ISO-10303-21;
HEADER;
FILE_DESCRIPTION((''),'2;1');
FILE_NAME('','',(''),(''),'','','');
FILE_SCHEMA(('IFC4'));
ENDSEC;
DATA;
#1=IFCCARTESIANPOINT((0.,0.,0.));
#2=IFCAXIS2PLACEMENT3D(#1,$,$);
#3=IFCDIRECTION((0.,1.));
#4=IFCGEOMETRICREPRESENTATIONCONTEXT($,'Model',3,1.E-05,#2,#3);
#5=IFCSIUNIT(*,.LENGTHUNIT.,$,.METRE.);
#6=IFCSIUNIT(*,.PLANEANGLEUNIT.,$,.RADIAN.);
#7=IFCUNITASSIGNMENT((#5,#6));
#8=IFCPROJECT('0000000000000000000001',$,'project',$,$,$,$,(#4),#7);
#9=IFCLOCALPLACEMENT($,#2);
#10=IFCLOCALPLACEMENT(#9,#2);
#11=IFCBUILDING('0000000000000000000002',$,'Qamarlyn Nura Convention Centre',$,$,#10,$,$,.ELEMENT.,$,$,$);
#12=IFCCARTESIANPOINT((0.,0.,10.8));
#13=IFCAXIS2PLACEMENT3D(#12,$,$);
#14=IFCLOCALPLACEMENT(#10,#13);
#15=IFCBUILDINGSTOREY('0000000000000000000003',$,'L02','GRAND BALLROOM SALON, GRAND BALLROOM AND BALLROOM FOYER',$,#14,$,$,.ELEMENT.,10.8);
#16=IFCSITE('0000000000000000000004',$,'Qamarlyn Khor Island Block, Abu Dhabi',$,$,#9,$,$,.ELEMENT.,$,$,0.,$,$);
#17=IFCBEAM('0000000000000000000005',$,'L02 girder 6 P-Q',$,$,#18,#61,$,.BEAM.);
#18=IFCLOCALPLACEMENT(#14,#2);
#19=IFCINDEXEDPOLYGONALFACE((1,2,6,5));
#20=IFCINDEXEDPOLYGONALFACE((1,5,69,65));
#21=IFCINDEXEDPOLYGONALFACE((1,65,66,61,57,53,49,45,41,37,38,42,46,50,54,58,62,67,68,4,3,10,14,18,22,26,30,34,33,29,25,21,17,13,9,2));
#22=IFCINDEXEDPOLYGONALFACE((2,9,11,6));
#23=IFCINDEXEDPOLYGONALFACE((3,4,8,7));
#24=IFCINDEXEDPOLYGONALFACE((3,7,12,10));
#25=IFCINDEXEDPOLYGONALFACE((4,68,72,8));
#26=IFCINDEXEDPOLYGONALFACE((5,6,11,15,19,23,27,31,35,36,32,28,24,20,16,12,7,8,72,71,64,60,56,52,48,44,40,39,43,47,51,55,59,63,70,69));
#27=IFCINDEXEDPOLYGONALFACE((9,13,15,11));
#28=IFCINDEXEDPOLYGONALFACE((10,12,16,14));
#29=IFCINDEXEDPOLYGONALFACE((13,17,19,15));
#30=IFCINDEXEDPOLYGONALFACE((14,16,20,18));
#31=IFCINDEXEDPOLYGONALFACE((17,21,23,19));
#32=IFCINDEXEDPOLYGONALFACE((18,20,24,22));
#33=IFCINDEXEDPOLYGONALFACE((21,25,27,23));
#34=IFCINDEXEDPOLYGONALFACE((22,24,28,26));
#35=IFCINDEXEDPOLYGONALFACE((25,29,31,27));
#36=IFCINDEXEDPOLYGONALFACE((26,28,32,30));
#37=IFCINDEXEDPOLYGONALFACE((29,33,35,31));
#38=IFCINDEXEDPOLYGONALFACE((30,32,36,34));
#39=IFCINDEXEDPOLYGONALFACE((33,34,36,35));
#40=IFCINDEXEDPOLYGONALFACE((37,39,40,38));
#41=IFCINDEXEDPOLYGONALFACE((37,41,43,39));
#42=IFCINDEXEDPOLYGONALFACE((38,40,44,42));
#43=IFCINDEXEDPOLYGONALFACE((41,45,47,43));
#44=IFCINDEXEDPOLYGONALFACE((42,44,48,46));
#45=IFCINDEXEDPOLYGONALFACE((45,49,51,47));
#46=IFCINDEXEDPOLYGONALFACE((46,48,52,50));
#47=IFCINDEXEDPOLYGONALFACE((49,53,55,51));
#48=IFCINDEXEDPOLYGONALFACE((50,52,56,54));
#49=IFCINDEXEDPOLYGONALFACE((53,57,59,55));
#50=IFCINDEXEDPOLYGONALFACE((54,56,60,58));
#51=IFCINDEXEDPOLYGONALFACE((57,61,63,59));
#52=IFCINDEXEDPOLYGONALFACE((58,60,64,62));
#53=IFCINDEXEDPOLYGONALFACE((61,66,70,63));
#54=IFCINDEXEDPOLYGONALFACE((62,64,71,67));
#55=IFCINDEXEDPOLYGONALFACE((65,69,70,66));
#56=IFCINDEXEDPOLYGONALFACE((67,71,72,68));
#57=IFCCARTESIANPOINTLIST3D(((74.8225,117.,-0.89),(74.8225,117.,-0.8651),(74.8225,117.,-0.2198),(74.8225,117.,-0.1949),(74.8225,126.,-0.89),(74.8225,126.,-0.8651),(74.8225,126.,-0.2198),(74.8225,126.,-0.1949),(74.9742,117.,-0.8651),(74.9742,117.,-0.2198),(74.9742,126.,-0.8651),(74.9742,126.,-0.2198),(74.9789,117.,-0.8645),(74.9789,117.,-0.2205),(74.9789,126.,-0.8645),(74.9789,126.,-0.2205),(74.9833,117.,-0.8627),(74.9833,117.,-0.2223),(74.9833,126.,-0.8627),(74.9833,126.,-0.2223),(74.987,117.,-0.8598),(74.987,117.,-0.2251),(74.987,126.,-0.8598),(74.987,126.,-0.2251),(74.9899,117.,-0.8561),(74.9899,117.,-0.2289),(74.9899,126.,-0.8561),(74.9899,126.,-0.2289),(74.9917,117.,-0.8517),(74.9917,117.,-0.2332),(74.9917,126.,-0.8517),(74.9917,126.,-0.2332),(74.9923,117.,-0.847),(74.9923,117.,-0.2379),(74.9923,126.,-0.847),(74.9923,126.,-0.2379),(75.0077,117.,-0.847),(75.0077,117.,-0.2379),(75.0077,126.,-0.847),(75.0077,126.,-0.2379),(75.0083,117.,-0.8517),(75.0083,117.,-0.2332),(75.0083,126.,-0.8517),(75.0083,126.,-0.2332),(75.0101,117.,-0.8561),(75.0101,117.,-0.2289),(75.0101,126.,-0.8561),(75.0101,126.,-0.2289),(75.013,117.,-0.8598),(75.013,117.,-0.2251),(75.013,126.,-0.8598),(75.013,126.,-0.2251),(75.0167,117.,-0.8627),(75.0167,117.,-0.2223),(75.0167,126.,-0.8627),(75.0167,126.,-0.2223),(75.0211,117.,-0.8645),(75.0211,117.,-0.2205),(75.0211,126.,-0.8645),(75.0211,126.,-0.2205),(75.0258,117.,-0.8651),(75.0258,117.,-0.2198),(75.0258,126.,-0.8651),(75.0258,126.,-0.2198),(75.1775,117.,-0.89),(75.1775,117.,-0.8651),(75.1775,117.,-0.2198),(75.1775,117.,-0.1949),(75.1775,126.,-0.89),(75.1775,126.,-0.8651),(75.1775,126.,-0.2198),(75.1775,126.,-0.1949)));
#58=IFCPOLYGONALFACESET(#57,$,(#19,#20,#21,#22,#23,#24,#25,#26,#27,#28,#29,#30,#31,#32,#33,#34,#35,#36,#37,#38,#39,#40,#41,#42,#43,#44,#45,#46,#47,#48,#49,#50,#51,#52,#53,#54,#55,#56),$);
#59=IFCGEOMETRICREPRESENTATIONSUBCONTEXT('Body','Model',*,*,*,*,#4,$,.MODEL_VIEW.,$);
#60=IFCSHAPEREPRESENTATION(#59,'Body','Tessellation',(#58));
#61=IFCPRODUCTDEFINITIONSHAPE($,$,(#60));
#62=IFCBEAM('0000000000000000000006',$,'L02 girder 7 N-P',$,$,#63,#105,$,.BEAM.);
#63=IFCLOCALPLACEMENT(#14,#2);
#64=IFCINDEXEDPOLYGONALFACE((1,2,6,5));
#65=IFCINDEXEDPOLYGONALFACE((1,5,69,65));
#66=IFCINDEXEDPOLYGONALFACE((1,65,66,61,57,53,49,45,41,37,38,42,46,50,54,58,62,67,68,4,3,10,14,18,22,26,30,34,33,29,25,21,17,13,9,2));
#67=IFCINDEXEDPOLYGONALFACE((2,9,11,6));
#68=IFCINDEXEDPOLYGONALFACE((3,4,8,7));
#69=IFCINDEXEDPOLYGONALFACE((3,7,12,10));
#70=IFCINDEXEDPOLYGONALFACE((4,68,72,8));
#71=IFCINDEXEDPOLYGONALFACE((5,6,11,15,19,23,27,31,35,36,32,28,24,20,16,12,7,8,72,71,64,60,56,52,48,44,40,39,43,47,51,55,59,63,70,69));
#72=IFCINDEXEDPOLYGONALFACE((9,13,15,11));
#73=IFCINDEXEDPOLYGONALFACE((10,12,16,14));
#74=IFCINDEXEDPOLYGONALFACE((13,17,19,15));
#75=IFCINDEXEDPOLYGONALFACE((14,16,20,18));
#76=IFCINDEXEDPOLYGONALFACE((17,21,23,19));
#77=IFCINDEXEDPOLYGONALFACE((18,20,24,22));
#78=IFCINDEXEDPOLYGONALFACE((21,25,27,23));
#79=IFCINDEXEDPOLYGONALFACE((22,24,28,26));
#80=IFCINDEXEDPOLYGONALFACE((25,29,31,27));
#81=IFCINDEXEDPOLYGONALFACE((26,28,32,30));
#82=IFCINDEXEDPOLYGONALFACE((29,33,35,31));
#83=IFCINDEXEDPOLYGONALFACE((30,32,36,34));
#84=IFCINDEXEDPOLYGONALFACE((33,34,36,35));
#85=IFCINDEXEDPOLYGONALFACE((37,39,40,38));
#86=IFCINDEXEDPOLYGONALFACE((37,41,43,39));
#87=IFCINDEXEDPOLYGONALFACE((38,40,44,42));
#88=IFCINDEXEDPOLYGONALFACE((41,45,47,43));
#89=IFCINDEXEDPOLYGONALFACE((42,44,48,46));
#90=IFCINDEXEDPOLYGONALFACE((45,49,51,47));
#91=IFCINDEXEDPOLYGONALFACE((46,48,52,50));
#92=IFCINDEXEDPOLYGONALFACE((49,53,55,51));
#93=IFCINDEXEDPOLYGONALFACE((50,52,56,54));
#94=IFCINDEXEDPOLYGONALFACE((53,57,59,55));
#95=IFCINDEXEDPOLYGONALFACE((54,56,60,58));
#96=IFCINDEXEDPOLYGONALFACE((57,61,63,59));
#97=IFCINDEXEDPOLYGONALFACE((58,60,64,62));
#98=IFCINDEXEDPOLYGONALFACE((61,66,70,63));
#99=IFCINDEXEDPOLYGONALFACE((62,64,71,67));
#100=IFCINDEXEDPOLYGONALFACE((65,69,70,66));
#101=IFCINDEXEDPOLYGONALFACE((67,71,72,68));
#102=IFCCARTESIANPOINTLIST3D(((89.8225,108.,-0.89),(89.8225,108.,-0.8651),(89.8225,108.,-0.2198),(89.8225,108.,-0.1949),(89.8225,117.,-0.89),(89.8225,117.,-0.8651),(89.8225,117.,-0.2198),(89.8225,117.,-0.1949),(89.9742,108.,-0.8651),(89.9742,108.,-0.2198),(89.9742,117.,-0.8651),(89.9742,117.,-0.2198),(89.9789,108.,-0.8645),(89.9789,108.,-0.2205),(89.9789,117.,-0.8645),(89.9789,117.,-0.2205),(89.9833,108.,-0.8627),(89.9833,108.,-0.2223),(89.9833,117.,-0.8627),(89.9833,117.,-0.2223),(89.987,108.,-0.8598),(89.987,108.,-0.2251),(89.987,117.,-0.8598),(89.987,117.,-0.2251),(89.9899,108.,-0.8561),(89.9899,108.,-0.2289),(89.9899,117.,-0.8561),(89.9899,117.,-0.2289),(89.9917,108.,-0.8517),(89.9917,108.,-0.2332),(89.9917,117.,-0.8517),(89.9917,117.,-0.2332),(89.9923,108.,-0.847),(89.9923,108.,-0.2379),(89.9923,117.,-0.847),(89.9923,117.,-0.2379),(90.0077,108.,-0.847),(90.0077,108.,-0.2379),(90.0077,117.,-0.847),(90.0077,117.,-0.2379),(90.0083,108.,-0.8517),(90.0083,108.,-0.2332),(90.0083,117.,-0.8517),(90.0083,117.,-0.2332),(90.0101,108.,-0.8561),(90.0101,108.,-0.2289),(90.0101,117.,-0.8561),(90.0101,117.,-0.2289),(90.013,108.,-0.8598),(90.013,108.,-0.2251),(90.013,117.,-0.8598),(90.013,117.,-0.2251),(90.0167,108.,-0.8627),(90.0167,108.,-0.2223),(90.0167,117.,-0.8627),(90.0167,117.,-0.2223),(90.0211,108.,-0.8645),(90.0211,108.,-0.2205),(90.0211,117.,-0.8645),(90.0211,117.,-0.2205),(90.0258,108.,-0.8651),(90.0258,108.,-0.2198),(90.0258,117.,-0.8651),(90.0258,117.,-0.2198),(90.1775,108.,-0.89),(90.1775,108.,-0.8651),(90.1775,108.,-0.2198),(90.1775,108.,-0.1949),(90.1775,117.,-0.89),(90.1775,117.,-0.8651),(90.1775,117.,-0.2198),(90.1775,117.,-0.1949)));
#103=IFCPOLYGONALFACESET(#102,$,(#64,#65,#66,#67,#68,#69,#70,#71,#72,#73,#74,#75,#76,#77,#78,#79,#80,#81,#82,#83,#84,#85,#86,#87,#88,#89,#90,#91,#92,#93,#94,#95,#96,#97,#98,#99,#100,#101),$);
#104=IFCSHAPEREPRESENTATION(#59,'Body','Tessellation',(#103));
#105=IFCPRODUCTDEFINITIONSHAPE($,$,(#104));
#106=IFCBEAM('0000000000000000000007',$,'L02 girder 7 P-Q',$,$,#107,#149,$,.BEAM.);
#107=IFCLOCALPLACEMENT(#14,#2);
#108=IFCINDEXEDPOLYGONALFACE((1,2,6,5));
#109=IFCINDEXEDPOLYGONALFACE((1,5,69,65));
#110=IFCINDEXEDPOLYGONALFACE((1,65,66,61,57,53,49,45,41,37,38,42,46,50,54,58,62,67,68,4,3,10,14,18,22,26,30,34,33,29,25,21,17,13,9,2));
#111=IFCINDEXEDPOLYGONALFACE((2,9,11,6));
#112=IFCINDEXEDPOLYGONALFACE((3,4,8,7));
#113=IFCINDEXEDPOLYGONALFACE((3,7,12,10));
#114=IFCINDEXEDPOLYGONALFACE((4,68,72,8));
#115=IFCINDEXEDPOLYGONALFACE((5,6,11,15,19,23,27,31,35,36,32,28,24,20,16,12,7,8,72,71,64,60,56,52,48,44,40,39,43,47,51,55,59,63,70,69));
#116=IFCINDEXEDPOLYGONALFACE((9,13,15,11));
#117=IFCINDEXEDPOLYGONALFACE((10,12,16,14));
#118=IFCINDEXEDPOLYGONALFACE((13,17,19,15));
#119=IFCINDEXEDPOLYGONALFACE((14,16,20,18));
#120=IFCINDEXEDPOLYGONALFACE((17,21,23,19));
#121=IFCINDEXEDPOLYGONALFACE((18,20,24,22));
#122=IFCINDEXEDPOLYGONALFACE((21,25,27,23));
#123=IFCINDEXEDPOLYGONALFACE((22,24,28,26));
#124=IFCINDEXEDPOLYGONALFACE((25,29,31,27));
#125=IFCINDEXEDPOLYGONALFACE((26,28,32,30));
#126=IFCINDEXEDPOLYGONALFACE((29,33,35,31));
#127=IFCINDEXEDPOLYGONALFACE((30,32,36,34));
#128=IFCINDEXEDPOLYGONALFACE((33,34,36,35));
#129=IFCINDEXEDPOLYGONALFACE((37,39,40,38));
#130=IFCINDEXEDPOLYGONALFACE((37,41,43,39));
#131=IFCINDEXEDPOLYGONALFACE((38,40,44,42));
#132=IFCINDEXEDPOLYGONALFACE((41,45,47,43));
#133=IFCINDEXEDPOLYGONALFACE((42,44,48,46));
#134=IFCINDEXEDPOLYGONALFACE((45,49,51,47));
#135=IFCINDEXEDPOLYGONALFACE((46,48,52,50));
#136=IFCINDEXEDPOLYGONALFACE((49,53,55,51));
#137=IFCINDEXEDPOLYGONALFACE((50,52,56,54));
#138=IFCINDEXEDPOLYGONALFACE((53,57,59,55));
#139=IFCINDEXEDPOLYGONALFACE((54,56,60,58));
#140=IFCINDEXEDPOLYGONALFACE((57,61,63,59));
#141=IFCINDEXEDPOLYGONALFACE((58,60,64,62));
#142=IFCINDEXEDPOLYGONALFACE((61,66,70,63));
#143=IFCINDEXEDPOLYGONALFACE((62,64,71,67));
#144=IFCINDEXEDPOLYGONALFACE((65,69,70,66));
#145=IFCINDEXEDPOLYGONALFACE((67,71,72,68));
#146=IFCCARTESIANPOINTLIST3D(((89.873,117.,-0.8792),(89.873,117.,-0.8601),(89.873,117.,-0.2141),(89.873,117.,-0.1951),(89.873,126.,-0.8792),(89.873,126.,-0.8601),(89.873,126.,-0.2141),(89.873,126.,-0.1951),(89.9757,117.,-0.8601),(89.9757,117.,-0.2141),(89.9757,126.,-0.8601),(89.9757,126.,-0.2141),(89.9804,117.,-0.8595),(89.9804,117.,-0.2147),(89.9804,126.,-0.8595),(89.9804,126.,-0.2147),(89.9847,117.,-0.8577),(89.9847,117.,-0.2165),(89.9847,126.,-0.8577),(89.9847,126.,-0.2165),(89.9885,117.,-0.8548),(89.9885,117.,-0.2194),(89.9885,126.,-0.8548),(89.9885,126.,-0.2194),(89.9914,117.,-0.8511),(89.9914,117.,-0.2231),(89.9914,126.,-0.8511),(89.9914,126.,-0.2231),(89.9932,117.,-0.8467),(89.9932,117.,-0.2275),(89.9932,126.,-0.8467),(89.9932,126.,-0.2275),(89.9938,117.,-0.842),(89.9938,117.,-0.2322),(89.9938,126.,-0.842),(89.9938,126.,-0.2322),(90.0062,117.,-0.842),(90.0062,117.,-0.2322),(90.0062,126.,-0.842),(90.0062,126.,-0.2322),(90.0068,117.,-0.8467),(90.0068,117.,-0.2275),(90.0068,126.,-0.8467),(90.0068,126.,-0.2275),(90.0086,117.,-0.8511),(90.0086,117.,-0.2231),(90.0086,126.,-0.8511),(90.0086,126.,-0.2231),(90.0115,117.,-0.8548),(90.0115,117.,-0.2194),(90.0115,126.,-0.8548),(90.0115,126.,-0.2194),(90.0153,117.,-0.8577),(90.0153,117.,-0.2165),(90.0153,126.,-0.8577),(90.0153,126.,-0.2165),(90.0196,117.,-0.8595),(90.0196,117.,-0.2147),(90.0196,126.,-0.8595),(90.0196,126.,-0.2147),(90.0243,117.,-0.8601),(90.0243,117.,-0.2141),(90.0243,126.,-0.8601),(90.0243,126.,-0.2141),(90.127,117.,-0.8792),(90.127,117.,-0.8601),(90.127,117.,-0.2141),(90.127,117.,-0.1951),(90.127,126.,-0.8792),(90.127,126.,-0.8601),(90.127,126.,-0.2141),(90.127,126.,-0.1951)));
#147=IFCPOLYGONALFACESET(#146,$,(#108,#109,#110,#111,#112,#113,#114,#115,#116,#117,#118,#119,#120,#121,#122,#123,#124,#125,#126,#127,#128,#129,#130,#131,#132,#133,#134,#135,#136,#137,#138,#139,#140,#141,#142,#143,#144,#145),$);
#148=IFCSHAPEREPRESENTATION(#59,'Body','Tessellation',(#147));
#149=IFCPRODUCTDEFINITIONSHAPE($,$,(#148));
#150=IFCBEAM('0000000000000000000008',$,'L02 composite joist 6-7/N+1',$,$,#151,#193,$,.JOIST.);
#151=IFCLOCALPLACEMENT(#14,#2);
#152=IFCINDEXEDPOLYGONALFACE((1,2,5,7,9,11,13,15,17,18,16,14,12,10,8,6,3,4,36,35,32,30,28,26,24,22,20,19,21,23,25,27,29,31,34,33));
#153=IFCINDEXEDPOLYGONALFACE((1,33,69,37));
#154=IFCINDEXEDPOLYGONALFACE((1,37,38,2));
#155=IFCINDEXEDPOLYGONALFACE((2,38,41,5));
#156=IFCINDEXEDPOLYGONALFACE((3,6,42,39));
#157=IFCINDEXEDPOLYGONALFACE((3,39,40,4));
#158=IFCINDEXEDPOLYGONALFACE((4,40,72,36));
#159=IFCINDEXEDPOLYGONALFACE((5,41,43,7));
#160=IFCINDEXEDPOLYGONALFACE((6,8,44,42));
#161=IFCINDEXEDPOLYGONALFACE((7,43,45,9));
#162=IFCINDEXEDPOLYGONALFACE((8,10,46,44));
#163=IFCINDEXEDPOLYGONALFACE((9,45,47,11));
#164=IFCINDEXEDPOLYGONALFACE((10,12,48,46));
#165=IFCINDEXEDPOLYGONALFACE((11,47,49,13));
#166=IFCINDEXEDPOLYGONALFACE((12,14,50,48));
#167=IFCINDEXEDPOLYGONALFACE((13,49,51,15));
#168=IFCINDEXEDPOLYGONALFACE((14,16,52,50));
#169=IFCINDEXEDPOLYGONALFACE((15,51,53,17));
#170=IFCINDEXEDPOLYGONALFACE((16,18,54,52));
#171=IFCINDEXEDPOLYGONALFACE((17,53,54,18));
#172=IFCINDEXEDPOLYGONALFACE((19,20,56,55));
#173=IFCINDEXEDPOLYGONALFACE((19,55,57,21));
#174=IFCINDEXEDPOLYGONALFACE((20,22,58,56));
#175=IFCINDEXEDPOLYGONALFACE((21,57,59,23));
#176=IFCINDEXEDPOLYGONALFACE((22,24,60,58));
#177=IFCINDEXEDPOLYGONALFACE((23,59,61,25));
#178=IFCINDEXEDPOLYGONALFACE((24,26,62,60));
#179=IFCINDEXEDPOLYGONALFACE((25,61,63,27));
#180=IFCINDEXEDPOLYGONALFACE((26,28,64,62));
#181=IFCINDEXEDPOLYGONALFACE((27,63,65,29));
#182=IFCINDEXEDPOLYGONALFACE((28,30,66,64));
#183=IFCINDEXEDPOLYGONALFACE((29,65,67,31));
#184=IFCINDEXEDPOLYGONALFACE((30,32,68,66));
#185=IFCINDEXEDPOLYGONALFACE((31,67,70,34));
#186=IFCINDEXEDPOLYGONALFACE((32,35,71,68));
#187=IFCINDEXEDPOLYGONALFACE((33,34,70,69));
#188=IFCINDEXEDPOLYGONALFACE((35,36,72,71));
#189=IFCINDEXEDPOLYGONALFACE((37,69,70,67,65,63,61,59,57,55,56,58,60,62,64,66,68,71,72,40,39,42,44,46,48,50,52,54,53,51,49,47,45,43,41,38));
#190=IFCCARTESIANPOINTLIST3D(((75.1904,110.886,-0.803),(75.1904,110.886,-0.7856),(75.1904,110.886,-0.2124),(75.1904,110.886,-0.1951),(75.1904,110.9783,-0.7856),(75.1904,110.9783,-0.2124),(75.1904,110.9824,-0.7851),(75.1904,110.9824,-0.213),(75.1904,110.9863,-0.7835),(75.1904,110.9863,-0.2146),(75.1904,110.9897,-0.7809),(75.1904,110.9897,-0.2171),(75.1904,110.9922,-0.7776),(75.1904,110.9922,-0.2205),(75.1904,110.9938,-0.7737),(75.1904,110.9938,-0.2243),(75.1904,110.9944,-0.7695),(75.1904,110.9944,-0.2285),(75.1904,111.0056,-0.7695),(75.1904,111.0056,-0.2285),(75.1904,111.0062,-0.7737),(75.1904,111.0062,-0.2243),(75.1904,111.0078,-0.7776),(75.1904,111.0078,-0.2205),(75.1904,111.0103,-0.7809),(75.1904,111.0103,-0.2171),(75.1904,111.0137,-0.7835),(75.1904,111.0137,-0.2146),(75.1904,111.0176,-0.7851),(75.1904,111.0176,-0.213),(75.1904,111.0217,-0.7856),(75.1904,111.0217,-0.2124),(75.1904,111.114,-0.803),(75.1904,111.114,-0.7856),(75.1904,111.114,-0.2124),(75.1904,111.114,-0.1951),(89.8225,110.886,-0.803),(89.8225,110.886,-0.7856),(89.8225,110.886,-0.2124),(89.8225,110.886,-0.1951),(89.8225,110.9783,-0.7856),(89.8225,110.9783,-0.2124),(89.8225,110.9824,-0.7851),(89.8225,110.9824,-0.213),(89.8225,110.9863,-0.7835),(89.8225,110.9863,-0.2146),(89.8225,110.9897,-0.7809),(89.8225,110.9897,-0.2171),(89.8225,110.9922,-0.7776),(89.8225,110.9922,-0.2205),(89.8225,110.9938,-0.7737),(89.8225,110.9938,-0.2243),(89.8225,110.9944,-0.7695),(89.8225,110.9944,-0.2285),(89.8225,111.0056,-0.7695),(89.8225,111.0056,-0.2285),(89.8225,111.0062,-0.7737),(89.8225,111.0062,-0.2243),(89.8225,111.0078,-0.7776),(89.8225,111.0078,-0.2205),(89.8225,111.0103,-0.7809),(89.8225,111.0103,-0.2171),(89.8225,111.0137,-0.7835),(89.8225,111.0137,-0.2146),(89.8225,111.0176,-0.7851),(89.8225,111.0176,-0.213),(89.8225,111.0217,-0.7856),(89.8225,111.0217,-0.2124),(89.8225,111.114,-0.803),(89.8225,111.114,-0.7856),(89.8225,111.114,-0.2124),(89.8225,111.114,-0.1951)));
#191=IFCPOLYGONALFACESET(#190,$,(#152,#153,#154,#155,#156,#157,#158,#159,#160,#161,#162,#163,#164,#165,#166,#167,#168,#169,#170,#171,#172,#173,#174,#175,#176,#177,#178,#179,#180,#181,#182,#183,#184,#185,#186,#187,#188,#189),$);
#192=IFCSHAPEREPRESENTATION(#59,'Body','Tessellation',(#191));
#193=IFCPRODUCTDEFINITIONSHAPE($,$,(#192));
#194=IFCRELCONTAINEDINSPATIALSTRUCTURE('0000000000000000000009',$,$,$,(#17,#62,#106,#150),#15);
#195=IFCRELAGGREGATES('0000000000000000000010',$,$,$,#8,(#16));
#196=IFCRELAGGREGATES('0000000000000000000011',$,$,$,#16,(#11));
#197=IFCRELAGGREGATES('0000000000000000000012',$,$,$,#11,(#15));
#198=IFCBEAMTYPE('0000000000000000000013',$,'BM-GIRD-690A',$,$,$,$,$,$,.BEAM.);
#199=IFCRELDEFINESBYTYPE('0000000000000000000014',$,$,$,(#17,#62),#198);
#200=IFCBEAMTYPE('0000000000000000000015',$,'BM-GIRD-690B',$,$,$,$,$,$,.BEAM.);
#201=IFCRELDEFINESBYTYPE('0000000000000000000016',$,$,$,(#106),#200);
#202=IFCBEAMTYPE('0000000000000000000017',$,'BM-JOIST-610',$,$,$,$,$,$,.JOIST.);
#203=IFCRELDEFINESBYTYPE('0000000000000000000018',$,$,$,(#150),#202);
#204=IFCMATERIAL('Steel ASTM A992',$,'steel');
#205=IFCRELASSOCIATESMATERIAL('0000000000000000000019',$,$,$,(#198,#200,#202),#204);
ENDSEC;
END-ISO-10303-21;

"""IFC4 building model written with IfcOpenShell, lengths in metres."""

from ifc_helpers import new_model, si_unit, direction, frame, origin, origin_2d, place, context, subcontext, project, spatial, i_section, extrude, material, material_profile, profile_set, type_object, element, save


model = new_model("IFC4")

# Units and contexts
model_context = context("Model", 3, precision=1e-05, world=origin(), true_north=direction((0.0, 1.0)))
body_context = subcontext(model_context, "Body", "Model", "MODEL_VIEW")
ifc_project = project(units=[si_unit("LENGTHUNIT", "METRE"), si_unit("PLANEANGLEUNIT", "RADIAN")], contexts=[model_context])

# Site, building, storey
site_placement = place(None, origin())
site = spatial("IfcSite", under=ifc_project, at=site_placement, Name="Qamarlyn Khor Island Block, Abu Dhabi", CompositionType="ELEMENT", RefElevation=0.0)
building_placement = place(site_placement, origin())
building = spatial("IfcBuilding", under=site, at=building_placement, Name="Qamarlyn Nura Convention Centre", CompositionType="ELEMENT")
storey_placement = place(building_placement, frame((0.0, 0.0, 10.8)))
storey = spatial("IfcBuildingStorey", under=building, at=storey_placement, Name="L02", Description="GRAND BALLROOM SALON, GRAND BALLROOM AND BALLROOM FOYER", CompositionType="ELEMENT", Elevation=10.8)

# Beams
ifc_material_1 = material(Name="Steel ASTM A992", Category="steel")
ifc_material_profile_1 = material_profile(ifc_material_1, i_section(OverallWidth=0.355, OverallDepth=0.6951, WebThickness=0.0154, FlangeThickness=0.0249, FilletRadius=0.0181, at=origin_2d()), Name="W690X217")
ifc_profile_set_1 = profile_set([ifc_material_profile_1], Name="Steel ASTM A992")
beam_type_1 = type_object("IfcBeamType", Name="BM-GIRD-690A", PredefinedType="BEAM", material=ifc_profile_set_1)
for number, where, z_axis, x_axis, name in (
    (1, (75.0, 117.0, -0.5425), (0.0, 1.0, 0.0), (-1.0, 0.0, 0.0), "L02 girder 6 P-Q"),
    (2, (90.0, 108.0, -0.5425), (0.0, 1.0, 0.0), (-1.0, 0.0, 0.0), "L02 girder 7 N-P"),
):
    element("IfcBeam", number, at=place(storey_placement, frame(where, z_axis=z_axis, x_axis=x_axis)), inside=storey, type_object=beam_type_1, Name=name, PredefinedType="BEAM", context=body_context, shape_type="SweptSolid", body=[
        extrude(i_section(OverallWidth=0.355, OverallDepth=0.6951, WebThickness=0.0154, FlangeThickness=0.0249, FilletRadius=0.0181, at=origin_2d()), origin(), (0.0, 0.0, 1.0), 9.0),
    ])
ifc_material_profile_2 = material_profile(ifc_material_1, i_section(OverallWidth=0.2539, OverallDepth=0.6841, WebThickness=0.0125, FlangeThickness=0.019, FilletRadius=0.0181, at=origin_2d()), Name="W690X140")
ifc_profile_set_2 = profile_set([ifc_material_profile_2], Name="Steel ASTM A992")
beam_type_2 = type_object("IfcBeamType", Name="BM-GIRD-690B", PredefinedType="BEAM", material=ifc_profile_set_2)
beam_1_placement = place(storey_placement, frame((90.0, 117.0, -0.5371), z_axis=(0.0, 1.0, 0.0), x_axis=(-1.0, 0.0, 0.0)))
element("IfcBeam", 3, at=beam_1_placement, inside=storey, type_object=beam_type_2, Name="L02 girder 7 P-Q", PredefinedType="BEAM", context=body_context, shape_type="SweptSolid", body=[
    extrude(i_section(OverallWidth=0.2539, OverallDepth=0.6841, WebThickness=0.0125, FlangeThickness=0.019, FilletRadius=0.0181, at=origin_2d()), origin(), (0.0, 0.0, 1.0), 9.0),
])
ifc_material_profile_3 = material_profile(ifc_material_1, i_section(OverallWidth=0.228, OverallDepth=0.6079, WebThickness=0.0112, FlangeThickness=0.0173, FilletRadius=0.0161, at=origin_2d()), Name="W610X113")
ifc_profile_set_3 = profile_set([ifc_material_profile_3], Name="Steel ASTM A992")
beam_type_3 = type_object("IfcBeamType", Name="BM-JOIST-610", PredefinedType="JOIST", material=ifc_profile_set_3)
for number, where, z_axis, x_axis, name in (
    (4, (75.1904, 111.0, -0.499), (1.0, 0.0, 0.0), (0.0, 1.0, 0.0), "L02 composite joist 6-7/N+1"),
):
    element("IfcBeam", number, at=place(storey_placement, frame(where, z_axis=z_axis, x_axis=x_axis)), inside=storey, type_object=beam_type_3, Name=name, PredefinedType="JOIST", context=body_context, shape_type="SweptSolid", body=[
        extrude(i_section(OverallWidth=0.228, OverallDepth=0.6079, WebThickness=0.0112, FlangeThickness=0.0173, FilletRadius=0.0161, at=origin_2d()), origin(), (0.0, 0.0, 1.0), 14.6321),
    ])

save(model, "model.ifc")
